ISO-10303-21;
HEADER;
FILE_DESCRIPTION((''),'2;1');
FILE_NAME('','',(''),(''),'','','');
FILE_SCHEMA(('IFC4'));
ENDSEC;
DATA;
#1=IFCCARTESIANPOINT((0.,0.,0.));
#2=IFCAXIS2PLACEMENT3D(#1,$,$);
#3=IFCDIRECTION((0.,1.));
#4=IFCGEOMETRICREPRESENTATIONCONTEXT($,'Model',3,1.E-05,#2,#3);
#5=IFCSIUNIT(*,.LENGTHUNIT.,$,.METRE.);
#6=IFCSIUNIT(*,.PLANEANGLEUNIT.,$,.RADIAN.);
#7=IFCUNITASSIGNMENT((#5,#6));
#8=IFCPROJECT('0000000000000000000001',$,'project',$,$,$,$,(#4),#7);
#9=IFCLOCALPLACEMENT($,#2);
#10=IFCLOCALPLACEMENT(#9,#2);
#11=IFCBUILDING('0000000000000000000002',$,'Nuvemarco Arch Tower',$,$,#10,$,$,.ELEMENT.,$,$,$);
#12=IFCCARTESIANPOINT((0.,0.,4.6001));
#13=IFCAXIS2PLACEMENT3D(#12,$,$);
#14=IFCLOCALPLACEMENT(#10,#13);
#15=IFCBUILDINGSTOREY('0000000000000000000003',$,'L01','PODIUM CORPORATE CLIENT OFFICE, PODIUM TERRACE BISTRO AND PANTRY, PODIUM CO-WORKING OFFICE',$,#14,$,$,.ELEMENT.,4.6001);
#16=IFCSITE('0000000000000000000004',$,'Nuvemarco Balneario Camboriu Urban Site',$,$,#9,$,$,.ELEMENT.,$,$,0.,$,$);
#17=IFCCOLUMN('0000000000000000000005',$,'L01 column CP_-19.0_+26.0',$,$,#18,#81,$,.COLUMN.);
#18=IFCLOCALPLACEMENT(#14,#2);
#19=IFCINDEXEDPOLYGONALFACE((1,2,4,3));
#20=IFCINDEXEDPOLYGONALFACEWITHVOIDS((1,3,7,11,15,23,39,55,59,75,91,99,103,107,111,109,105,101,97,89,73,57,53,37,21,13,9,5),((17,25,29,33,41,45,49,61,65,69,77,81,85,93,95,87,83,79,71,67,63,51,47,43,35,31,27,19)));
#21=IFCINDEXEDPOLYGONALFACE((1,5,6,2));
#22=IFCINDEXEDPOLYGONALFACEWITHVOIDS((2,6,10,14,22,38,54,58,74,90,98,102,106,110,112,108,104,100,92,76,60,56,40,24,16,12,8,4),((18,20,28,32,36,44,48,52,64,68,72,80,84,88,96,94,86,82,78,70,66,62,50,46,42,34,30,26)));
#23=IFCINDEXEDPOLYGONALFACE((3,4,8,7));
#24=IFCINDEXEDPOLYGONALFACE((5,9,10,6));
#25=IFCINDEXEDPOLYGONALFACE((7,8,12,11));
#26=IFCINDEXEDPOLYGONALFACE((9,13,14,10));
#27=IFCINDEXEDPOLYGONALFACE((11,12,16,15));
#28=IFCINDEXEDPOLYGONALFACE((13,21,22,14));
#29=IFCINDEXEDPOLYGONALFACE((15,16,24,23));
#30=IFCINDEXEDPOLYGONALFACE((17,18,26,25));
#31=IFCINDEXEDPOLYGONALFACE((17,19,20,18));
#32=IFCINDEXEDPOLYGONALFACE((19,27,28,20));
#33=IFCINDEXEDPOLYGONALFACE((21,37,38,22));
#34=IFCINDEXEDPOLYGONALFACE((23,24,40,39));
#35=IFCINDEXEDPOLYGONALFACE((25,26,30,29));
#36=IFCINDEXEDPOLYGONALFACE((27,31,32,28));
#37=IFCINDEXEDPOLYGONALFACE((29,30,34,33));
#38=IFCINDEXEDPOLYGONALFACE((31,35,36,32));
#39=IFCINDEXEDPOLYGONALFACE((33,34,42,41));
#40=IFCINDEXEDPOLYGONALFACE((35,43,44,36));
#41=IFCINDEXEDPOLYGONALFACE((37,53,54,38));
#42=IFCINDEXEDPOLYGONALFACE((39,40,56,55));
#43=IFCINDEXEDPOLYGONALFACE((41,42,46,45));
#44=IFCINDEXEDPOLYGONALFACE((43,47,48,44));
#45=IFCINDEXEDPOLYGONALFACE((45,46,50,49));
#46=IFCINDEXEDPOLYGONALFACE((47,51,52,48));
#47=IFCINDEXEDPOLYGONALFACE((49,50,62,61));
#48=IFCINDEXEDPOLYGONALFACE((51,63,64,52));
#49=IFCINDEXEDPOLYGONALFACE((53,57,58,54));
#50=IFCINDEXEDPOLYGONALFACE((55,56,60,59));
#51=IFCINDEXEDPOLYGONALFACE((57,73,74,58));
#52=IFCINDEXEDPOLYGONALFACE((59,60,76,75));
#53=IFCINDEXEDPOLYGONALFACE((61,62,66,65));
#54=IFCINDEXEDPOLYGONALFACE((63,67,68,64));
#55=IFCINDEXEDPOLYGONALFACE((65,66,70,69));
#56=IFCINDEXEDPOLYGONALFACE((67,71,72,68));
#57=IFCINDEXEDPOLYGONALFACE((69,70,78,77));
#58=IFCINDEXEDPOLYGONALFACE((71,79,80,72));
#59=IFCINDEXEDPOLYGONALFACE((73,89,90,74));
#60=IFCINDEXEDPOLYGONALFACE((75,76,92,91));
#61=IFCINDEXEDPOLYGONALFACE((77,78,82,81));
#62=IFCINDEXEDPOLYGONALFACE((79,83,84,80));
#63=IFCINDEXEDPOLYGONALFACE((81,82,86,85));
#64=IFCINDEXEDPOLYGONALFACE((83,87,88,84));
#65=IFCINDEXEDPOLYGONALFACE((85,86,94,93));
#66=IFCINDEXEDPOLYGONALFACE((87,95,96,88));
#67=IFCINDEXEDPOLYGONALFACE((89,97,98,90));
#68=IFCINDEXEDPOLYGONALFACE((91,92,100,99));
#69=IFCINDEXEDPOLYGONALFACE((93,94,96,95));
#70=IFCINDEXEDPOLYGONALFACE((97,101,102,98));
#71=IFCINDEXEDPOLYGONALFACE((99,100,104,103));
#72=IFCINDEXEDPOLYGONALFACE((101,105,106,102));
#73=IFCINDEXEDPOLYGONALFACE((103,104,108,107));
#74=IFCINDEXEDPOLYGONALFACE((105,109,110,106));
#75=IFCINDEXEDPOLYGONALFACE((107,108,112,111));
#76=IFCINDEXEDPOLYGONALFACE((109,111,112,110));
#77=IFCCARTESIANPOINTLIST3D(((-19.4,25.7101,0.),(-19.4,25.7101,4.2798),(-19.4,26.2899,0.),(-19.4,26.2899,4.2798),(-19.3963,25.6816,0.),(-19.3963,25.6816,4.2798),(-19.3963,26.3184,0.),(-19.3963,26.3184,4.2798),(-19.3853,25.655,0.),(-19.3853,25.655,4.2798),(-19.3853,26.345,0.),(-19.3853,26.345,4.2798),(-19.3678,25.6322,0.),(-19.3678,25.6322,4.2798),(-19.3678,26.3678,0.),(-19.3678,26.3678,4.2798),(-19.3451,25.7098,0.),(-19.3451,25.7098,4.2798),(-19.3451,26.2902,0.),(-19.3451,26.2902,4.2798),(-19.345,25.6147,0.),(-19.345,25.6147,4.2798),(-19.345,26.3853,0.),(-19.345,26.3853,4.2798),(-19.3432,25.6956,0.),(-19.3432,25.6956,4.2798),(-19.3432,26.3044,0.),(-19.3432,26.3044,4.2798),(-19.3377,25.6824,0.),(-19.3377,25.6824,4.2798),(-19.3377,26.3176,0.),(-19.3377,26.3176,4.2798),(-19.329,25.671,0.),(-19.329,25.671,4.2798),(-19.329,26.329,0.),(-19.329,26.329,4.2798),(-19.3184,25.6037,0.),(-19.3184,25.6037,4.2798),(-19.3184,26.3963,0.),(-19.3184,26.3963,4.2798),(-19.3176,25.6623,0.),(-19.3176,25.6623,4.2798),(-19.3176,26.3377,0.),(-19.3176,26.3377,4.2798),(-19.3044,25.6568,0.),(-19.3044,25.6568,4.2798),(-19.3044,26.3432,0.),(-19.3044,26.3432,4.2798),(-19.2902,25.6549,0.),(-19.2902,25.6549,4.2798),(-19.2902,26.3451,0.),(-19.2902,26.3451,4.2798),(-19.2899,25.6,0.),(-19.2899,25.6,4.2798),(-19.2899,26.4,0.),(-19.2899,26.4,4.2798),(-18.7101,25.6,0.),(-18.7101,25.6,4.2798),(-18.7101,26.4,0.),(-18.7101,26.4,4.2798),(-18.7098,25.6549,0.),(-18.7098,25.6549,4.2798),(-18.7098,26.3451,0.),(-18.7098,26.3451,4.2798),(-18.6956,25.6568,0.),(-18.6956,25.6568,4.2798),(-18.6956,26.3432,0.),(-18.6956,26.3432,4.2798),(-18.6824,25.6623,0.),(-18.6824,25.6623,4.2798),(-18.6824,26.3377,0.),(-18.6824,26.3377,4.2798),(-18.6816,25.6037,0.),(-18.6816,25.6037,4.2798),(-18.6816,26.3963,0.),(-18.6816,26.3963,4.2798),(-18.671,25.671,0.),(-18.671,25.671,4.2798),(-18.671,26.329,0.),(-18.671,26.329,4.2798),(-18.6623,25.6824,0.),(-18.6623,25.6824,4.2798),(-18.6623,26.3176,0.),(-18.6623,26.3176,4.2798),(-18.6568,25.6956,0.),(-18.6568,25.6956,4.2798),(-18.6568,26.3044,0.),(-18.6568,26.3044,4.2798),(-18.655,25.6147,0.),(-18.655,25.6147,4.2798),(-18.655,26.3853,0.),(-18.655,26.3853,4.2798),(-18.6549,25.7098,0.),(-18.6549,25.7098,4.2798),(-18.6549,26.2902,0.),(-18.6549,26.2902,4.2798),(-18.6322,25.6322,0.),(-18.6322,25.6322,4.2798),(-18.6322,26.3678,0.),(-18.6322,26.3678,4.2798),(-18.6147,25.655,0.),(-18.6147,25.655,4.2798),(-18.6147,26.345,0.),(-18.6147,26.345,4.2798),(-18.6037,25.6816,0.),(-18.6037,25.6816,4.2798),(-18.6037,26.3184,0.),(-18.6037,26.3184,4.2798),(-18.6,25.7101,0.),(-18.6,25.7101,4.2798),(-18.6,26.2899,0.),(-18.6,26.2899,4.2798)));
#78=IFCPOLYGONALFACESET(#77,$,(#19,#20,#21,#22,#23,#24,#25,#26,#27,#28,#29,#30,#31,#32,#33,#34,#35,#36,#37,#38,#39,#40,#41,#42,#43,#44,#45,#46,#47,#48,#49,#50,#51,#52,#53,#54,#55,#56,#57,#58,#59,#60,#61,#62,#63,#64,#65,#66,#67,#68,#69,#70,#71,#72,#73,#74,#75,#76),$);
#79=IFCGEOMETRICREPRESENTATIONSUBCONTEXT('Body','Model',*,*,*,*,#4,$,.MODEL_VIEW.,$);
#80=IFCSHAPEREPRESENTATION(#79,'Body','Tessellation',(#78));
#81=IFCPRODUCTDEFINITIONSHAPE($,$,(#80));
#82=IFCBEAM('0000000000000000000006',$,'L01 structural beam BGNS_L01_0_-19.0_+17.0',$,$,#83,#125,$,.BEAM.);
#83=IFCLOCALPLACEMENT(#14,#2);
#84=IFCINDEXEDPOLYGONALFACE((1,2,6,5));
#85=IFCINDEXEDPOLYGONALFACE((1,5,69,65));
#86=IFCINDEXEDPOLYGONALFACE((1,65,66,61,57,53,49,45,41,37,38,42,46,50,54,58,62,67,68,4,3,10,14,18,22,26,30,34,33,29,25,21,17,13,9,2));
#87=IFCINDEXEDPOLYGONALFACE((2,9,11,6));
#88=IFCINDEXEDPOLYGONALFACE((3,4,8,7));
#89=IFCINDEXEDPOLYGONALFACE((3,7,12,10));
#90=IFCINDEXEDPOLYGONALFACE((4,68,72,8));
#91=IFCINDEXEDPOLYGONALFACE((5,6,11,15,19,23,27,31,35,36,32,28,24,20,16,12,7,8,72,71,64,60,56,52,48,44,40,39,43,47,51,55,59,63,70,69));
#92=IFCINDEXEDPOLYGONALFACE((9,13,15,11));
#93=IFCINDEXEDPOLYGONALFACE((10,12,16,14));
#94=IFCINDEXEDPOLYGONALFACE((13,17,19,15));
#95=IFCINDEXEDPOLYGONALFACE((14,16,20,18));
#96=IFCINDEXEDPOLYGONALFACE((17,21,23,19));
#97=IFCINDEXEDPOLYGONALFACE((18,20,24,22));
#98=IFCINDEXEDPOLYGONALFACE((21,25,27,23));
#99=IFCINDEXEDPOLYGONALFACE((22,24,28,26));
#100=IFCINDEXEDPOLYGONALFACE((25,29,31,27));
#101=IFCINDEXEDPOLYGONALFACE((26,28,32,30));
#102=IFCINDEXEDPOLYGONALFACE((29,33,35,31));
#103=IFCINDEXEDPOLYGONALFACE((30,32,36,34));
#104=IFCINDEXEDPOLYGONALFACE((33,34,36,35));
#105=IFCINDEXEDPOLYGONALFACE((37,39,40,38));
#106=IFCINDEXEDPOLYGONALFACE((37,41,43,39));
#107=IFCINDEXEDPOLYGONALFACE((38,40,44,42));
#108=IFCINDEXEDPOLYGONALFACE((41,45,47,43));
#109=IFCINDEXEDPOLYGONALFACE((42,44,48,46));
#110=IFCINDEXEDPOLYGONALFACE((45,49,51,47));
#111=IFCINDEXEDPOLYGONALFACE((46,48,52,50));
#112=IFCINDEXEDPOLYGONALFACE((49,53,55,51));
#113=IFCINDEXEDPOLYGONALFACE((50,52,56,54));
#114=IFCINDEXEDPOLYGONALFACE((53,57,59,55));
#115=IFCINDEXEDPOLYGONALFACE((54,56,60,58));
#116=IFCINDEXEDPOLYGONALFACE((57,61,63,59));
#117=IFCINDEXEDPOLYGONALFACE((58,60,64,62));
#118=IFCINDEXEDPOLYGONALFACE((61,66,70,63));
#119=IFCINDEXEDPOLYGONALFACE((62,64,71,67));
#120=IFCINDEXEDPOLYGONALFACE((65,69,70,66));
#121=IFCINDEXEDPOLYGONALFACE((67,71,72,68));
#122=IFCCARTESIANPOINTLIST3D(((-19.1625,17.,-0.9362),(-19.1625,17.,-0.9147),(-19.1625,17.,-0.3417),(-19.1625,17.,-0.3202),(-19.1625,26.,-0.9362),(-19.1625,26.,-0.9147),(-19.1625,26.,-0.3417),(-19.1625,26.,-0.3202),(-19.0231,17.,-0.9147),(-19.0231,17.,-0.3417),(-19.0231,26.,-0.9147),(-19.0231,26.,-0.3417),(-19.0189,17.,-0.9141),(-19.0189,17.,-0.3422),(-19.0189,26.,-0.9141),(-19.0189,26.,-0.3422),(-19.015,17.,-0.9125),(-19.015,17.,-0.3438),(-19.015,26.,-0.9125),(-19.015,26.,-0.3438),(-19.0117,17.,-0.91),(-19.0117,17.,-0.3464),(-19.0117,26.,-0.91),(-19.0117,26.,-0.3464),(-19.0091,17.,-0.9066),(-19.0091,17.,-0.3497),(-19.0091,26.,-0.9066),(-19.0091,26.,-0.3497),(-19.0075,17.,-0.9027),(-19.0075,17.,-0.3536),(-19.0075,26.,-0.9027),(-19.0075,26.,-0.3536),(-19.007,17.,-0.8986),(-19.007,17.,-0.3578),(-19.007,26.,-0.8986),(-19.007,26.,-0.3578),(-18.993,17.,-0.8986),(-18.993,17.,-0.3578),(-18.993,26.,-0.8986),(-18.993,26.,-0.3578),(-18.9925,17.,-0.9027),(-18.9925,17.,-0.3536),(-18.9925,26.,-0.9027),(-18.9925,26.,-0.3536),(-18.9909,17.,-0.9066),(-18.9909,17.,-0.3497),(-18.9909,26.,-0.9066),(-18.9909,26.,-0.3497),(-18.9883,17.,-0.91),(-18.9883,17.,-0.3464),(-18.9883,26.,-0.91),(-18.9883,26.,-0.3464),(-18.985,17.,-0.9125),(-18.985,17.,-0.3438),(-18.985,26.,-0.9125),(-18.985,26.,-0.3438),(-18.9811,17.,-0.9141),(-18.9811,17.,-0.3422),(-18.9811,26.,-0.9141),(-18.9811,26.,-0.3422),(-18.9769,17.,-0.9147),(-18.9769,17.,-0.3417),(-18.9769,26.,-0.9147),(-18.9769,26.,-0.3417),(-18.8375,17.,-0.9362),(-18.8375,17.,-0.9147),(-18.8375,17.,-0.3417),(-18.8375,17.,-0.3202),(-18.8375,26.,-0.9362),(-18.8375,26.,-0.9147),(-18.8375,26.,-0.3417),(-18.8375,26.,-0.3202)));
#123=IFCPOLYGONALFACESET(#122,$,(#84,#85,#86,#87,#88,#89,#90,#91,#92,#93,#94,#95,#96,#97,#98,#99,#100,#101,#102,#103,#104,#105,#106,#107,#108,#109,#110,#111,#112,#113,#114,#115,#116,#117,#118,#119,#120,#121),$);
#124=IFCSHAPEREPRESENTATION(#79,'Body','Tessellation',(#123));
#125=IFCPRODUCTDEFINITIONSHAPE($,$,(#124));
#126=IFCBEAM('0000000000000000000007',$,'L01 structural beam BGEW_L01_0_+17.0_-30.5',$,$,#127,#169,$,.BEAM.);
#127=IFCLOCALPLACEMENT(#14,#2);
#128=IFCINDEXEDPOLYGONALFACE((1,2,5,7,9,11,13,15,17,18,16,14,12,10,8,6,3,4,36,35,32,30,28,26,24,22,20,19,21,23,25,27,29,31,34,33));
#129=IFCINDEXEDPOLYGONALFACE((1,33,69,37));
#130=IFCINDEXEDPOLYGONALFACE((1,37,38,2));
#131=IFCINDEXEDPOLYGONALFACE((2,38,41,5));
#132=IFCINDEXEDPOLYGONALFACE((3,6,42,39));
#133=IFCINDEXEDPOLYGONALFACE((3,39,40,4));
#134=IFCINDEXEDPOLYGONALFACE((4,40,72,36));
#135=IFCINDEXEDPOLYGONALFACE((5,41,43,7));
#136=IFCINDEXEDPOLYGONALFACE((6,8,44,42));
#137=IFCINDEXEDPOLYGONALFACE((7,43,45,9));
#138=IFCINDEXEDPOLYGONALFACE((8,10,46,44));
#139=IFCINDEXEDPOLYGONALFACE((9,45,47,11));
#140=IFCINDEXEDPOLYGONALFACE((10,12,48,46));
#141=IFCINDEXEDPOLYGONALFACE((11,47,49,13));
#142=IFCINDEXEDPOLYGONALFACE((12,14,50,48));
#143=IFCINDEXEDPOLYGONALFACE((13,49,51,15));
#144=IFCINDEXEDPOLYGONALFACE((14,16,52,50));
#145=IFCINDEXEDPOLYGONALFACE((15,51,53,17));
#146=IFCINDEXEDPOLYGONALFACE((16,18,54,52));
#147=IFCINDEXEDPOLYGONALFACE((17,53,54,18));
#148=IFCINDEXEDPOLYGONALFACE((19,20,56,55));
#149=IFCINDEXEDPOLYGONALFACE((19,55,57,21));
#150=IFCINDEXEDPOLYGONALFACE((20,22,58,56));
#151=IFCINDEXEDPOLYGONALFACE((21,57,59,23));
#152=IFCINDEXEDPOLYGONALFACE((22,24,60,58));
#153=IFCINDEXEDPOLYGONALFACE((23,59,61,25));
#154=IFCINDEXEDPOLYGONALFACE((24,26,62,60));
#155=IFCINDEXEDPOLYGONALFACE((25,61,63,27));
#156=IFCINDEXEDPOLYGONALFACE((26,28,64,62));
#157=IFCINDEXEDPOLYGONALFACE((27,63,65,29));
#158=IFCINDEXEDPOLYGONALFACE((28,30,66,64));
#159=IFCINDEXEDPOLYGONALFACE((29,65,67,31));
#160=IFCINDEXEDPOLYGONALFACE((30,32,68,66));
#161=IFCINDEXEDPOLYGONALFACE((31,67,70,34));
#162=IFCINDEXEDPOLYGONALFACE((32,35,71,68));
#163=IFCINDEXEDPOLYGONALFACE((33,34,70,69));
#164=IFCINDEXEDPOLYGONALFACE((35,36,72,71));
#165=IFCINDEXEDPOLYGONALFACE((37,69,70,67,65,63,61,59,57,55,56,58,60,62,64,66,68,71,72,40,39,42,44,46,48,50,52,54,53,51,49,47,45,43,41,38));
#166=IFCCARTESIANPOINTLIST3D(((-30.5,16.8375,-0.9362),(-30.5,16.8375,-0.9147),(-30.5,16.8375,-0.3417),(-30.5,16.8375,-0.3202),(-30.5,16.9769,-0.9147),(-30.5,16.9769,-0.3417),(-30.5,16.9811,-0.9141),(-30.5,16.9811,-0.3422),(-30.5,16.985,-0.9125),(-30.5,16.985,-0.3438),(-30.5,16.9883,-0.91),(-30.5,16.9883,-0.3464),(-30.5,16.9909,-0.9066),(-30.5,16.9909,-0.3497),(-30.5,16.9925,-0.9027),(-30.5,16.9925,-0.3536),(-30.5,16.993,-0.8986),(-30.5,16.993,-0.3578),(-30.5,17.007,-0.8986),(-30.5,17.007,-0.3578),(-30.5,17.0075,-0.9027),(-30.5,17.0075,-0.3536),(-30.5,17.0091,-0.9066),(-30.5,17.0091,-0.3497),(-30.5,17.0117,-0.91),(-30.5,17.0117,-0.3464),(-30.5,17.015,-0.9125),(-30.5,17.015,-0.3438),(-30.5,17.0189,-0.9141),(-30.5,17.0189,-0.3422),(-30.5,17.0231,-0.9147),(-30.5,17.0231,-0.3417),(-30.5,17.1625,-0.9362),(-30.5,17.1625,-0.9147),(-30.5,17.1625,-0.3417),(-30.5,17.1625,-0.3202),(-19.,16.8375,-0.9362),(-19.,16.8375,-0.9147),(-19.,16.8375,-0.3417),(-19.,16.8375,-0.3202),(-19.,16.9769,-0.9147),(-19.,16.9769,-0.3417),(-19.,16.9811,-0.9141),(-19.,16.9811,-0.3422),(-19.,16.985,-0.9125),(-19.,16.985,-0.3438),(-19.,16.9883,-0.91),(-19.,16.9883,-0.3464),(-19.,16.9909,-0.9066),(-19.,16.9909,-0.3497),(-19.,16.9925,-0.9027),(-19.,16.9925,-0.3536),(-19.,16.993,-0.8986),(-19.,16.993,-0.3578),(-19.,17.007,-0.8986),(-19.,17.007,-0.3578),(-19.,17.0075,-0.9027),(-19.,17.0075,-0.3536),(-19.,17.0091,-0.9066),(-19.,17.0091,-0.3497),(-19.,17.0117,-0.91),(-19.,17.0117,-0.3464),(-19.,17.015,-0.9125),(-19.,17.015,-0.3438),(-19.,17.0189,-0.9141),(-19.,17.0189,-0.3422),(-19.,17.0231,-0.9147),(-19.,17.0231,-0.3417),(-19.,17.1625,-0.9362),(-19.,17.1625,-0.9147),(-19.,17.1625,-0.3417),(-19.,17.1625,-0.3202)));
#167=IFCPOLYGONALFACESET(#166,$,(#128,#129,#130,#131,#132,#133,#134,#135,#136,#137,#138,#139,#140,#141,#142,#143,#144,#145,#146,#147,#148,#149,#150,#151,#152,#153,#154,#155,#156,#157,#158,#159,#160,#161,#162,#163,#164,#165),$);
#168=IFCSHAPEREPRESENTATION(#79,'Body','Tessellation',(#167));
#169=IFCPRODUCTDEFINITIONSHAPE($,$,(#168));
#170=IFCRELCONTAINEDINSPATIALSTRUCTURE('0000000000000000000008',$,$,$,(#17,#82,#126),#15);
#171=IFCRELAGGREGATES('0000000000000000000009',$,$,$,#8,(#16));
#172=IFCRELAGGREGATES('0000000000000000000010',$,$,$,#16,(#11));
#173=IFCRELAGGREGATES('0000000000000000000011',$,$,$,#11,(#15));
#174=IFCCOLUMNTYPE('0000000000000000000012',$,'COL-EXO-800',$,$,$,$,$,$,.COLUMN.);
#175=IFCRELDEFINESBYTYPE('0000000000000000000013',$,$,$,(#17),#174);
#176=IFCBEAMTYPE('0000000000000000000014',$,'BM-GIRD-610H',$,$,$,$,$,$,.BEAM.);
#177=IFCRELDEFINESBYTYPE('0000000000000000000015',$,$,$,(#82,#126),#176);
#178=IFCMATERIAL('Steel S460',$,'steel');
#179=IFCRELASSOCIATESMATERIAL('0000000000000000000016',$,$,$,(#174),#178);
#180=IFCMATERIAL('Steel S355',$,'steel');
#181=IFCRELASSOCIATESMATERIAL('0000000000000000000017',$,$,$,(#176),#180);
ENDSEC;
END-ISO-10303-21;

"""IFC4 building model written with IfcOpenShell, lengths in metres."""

from ifc_helpers import new_model, si_unit, direction, frame, origin, origin_2d, place, context, subcontext, project, spatial, hollow_rectangle, i_section, extrude, material, material_profile, profile_set, type_object, element, save


model = new_model("IFC4")

# Units and contexts
model_context = context("Model", 3, precision=1e-05, world=origin(), true_north=direction((0.0, 1.0)))
body_context = subcontext(model_context, "Body", "Model", "MODEL_VIEW")
ifc_project = project(units=[si_unit("LENGTHUNIT", "METRE"), si_unit("PLANEANGLEUNIT", "RADIAN")], contexts=[model_context])

# Site, building, storey
site_placement = place(None, origin())
site = spatial("IfcSite", under=ifc_project, at=site_placement, Name="Nuvemarco Balneario Camboriu Urban Site", CompositionType="ELEMENT", RefElevation=0.0)
building_placement = place(site_placement, origin())
building = spatial("IfcBuilding", under=site, at=building_placement, Name="Nuvemarco Arch Tower", CompositionType="ELEMENT")
storey_placement = place(building_placement, frame((0.0, 0.0, 4.6001)))
storey = spatial("IfcBuildingStorey", under=building, at=storey_placement, Name="L01", Description="PODIUM CORPORATE CLIENT OFFICE, PODIUM TERRACE BISTRO AND PANTRY, PODIUM CO-WORKING OFFICE", CompositionType="ELEMENT", Elevation=4.6001)

# Column
ifc_material_1 = material(Name="Steel S460", Category="steel")
ifc_material_profile_1 = material_profile(ifc_material_1, hollow_rectangle(XDim=0.8, YDim=0.8, WallThickness=0.0549, InnerFilletRadius=0.0549, OuterFilletRadius=0.1101, at=origin_2d()), Name="SHS800x800x55")
ifc_profile_set_1 = profile_set([ifc_material_profile_1], Name="Steel S460")
column_type_1 = type_object("IfcColumnType", Name="COL-EXO-800", PredefinedType="COLUMN", material=ifc_profile_set_1)
for number, where, z_axis, x_axis, name in (
    (1, (-19.0, 26.0, 0.0), (0.0, 0.0, 1.0), (1.0, 0.0, 0.0), "L01 column CP_-19.0_+26.0"),
):
    element("IfcColumn", number, at=place(storey_placement, frame(where, z_axis=z_axis, x_axis=x_axis)), inside=storey, type_object=column_type_1, Name=name, PredefinedType="COLUMN", context=body_context, shape_type="SweptSolid", body=[
        extrude(hollow_rectangle(XDim=0.8, YDim=0.8, WallThickness=0.0549, InnerFilletRadius=0.0549, OuterFilletRadius=0.1101, at=origin_2d()), origin(), (0.0, 0.0, 1.0), 4.2798),
    ])

# Beams
ifc_material_2 = material(Name="Steel S355", Category="steel")
ifc_material_profile_2 = material_profile(ifc_material_2, i_section(OverallWidth=0.325, OverallDepth=0.616, WebThickness=0.0139, FlangeThickness=0.0215, FilletRadius=0.0161, at=origin_2d()), Name="W610x174")
ifc_profile_set_2 = profile_set([ifc_material_profile_2], Name="Steel S355")
beam_type_1 = type_object("IfcBeamType", Name="BM-GIRD-610H", PredefinedType="BEAM", material=ifc_profile_set_2)
beam_1_placement = place(storey_placement, frame((-19.0, 17.0, -0.6282), z_axis=(0.0, 1.0, 0.0), x_axis=(-1.0, 0.0, 0.0)))
element("IfcBeam", 2, at=beam_1_placement, inside=storey, type_object=beam_type_1, Name="L01 structural beam BGNS_L01_0_-19.0_+17.0", PredefinedType="BEAM", context=body_context, shape_type="SweptSolid", body=[
    extrude(i_section(OverallWidth=0.325, OverallDepth=0.616, WebThickness=0.0139, FlangeThickness=0.0215, FilletRadius=0.0161, at=origin_2d()), origin(), (0.0, 0.0, 1.0), 9.0),
])
beam_2_placement = place(storey_placement, frame((-30.5, 17.0, -0.6282), z_axis=(1.0, 0.0, 0.0), x_axis=(0.0, 1.0, 0.0)))
element("IfcBeam", 3, at=beam_2_placement, inside=storey, type_object=beam_type_1, Name="L01 structural beam BGEW_L01_0_+17.0_-30.5", PredefinedType="BEAM", context=body_context, shape_type="SweptSolid", body=[
    extrude(i_section(OverallWidth=0.325, OverallDepth=0.616, WebThickness=0.0139, FlangeThickness=0.0215, FilletRadius=0.0161, at=origin_2d()), origin(), (0.0, 0.0, 1.0), 11.5),
])

save(model, "model.ifc")
